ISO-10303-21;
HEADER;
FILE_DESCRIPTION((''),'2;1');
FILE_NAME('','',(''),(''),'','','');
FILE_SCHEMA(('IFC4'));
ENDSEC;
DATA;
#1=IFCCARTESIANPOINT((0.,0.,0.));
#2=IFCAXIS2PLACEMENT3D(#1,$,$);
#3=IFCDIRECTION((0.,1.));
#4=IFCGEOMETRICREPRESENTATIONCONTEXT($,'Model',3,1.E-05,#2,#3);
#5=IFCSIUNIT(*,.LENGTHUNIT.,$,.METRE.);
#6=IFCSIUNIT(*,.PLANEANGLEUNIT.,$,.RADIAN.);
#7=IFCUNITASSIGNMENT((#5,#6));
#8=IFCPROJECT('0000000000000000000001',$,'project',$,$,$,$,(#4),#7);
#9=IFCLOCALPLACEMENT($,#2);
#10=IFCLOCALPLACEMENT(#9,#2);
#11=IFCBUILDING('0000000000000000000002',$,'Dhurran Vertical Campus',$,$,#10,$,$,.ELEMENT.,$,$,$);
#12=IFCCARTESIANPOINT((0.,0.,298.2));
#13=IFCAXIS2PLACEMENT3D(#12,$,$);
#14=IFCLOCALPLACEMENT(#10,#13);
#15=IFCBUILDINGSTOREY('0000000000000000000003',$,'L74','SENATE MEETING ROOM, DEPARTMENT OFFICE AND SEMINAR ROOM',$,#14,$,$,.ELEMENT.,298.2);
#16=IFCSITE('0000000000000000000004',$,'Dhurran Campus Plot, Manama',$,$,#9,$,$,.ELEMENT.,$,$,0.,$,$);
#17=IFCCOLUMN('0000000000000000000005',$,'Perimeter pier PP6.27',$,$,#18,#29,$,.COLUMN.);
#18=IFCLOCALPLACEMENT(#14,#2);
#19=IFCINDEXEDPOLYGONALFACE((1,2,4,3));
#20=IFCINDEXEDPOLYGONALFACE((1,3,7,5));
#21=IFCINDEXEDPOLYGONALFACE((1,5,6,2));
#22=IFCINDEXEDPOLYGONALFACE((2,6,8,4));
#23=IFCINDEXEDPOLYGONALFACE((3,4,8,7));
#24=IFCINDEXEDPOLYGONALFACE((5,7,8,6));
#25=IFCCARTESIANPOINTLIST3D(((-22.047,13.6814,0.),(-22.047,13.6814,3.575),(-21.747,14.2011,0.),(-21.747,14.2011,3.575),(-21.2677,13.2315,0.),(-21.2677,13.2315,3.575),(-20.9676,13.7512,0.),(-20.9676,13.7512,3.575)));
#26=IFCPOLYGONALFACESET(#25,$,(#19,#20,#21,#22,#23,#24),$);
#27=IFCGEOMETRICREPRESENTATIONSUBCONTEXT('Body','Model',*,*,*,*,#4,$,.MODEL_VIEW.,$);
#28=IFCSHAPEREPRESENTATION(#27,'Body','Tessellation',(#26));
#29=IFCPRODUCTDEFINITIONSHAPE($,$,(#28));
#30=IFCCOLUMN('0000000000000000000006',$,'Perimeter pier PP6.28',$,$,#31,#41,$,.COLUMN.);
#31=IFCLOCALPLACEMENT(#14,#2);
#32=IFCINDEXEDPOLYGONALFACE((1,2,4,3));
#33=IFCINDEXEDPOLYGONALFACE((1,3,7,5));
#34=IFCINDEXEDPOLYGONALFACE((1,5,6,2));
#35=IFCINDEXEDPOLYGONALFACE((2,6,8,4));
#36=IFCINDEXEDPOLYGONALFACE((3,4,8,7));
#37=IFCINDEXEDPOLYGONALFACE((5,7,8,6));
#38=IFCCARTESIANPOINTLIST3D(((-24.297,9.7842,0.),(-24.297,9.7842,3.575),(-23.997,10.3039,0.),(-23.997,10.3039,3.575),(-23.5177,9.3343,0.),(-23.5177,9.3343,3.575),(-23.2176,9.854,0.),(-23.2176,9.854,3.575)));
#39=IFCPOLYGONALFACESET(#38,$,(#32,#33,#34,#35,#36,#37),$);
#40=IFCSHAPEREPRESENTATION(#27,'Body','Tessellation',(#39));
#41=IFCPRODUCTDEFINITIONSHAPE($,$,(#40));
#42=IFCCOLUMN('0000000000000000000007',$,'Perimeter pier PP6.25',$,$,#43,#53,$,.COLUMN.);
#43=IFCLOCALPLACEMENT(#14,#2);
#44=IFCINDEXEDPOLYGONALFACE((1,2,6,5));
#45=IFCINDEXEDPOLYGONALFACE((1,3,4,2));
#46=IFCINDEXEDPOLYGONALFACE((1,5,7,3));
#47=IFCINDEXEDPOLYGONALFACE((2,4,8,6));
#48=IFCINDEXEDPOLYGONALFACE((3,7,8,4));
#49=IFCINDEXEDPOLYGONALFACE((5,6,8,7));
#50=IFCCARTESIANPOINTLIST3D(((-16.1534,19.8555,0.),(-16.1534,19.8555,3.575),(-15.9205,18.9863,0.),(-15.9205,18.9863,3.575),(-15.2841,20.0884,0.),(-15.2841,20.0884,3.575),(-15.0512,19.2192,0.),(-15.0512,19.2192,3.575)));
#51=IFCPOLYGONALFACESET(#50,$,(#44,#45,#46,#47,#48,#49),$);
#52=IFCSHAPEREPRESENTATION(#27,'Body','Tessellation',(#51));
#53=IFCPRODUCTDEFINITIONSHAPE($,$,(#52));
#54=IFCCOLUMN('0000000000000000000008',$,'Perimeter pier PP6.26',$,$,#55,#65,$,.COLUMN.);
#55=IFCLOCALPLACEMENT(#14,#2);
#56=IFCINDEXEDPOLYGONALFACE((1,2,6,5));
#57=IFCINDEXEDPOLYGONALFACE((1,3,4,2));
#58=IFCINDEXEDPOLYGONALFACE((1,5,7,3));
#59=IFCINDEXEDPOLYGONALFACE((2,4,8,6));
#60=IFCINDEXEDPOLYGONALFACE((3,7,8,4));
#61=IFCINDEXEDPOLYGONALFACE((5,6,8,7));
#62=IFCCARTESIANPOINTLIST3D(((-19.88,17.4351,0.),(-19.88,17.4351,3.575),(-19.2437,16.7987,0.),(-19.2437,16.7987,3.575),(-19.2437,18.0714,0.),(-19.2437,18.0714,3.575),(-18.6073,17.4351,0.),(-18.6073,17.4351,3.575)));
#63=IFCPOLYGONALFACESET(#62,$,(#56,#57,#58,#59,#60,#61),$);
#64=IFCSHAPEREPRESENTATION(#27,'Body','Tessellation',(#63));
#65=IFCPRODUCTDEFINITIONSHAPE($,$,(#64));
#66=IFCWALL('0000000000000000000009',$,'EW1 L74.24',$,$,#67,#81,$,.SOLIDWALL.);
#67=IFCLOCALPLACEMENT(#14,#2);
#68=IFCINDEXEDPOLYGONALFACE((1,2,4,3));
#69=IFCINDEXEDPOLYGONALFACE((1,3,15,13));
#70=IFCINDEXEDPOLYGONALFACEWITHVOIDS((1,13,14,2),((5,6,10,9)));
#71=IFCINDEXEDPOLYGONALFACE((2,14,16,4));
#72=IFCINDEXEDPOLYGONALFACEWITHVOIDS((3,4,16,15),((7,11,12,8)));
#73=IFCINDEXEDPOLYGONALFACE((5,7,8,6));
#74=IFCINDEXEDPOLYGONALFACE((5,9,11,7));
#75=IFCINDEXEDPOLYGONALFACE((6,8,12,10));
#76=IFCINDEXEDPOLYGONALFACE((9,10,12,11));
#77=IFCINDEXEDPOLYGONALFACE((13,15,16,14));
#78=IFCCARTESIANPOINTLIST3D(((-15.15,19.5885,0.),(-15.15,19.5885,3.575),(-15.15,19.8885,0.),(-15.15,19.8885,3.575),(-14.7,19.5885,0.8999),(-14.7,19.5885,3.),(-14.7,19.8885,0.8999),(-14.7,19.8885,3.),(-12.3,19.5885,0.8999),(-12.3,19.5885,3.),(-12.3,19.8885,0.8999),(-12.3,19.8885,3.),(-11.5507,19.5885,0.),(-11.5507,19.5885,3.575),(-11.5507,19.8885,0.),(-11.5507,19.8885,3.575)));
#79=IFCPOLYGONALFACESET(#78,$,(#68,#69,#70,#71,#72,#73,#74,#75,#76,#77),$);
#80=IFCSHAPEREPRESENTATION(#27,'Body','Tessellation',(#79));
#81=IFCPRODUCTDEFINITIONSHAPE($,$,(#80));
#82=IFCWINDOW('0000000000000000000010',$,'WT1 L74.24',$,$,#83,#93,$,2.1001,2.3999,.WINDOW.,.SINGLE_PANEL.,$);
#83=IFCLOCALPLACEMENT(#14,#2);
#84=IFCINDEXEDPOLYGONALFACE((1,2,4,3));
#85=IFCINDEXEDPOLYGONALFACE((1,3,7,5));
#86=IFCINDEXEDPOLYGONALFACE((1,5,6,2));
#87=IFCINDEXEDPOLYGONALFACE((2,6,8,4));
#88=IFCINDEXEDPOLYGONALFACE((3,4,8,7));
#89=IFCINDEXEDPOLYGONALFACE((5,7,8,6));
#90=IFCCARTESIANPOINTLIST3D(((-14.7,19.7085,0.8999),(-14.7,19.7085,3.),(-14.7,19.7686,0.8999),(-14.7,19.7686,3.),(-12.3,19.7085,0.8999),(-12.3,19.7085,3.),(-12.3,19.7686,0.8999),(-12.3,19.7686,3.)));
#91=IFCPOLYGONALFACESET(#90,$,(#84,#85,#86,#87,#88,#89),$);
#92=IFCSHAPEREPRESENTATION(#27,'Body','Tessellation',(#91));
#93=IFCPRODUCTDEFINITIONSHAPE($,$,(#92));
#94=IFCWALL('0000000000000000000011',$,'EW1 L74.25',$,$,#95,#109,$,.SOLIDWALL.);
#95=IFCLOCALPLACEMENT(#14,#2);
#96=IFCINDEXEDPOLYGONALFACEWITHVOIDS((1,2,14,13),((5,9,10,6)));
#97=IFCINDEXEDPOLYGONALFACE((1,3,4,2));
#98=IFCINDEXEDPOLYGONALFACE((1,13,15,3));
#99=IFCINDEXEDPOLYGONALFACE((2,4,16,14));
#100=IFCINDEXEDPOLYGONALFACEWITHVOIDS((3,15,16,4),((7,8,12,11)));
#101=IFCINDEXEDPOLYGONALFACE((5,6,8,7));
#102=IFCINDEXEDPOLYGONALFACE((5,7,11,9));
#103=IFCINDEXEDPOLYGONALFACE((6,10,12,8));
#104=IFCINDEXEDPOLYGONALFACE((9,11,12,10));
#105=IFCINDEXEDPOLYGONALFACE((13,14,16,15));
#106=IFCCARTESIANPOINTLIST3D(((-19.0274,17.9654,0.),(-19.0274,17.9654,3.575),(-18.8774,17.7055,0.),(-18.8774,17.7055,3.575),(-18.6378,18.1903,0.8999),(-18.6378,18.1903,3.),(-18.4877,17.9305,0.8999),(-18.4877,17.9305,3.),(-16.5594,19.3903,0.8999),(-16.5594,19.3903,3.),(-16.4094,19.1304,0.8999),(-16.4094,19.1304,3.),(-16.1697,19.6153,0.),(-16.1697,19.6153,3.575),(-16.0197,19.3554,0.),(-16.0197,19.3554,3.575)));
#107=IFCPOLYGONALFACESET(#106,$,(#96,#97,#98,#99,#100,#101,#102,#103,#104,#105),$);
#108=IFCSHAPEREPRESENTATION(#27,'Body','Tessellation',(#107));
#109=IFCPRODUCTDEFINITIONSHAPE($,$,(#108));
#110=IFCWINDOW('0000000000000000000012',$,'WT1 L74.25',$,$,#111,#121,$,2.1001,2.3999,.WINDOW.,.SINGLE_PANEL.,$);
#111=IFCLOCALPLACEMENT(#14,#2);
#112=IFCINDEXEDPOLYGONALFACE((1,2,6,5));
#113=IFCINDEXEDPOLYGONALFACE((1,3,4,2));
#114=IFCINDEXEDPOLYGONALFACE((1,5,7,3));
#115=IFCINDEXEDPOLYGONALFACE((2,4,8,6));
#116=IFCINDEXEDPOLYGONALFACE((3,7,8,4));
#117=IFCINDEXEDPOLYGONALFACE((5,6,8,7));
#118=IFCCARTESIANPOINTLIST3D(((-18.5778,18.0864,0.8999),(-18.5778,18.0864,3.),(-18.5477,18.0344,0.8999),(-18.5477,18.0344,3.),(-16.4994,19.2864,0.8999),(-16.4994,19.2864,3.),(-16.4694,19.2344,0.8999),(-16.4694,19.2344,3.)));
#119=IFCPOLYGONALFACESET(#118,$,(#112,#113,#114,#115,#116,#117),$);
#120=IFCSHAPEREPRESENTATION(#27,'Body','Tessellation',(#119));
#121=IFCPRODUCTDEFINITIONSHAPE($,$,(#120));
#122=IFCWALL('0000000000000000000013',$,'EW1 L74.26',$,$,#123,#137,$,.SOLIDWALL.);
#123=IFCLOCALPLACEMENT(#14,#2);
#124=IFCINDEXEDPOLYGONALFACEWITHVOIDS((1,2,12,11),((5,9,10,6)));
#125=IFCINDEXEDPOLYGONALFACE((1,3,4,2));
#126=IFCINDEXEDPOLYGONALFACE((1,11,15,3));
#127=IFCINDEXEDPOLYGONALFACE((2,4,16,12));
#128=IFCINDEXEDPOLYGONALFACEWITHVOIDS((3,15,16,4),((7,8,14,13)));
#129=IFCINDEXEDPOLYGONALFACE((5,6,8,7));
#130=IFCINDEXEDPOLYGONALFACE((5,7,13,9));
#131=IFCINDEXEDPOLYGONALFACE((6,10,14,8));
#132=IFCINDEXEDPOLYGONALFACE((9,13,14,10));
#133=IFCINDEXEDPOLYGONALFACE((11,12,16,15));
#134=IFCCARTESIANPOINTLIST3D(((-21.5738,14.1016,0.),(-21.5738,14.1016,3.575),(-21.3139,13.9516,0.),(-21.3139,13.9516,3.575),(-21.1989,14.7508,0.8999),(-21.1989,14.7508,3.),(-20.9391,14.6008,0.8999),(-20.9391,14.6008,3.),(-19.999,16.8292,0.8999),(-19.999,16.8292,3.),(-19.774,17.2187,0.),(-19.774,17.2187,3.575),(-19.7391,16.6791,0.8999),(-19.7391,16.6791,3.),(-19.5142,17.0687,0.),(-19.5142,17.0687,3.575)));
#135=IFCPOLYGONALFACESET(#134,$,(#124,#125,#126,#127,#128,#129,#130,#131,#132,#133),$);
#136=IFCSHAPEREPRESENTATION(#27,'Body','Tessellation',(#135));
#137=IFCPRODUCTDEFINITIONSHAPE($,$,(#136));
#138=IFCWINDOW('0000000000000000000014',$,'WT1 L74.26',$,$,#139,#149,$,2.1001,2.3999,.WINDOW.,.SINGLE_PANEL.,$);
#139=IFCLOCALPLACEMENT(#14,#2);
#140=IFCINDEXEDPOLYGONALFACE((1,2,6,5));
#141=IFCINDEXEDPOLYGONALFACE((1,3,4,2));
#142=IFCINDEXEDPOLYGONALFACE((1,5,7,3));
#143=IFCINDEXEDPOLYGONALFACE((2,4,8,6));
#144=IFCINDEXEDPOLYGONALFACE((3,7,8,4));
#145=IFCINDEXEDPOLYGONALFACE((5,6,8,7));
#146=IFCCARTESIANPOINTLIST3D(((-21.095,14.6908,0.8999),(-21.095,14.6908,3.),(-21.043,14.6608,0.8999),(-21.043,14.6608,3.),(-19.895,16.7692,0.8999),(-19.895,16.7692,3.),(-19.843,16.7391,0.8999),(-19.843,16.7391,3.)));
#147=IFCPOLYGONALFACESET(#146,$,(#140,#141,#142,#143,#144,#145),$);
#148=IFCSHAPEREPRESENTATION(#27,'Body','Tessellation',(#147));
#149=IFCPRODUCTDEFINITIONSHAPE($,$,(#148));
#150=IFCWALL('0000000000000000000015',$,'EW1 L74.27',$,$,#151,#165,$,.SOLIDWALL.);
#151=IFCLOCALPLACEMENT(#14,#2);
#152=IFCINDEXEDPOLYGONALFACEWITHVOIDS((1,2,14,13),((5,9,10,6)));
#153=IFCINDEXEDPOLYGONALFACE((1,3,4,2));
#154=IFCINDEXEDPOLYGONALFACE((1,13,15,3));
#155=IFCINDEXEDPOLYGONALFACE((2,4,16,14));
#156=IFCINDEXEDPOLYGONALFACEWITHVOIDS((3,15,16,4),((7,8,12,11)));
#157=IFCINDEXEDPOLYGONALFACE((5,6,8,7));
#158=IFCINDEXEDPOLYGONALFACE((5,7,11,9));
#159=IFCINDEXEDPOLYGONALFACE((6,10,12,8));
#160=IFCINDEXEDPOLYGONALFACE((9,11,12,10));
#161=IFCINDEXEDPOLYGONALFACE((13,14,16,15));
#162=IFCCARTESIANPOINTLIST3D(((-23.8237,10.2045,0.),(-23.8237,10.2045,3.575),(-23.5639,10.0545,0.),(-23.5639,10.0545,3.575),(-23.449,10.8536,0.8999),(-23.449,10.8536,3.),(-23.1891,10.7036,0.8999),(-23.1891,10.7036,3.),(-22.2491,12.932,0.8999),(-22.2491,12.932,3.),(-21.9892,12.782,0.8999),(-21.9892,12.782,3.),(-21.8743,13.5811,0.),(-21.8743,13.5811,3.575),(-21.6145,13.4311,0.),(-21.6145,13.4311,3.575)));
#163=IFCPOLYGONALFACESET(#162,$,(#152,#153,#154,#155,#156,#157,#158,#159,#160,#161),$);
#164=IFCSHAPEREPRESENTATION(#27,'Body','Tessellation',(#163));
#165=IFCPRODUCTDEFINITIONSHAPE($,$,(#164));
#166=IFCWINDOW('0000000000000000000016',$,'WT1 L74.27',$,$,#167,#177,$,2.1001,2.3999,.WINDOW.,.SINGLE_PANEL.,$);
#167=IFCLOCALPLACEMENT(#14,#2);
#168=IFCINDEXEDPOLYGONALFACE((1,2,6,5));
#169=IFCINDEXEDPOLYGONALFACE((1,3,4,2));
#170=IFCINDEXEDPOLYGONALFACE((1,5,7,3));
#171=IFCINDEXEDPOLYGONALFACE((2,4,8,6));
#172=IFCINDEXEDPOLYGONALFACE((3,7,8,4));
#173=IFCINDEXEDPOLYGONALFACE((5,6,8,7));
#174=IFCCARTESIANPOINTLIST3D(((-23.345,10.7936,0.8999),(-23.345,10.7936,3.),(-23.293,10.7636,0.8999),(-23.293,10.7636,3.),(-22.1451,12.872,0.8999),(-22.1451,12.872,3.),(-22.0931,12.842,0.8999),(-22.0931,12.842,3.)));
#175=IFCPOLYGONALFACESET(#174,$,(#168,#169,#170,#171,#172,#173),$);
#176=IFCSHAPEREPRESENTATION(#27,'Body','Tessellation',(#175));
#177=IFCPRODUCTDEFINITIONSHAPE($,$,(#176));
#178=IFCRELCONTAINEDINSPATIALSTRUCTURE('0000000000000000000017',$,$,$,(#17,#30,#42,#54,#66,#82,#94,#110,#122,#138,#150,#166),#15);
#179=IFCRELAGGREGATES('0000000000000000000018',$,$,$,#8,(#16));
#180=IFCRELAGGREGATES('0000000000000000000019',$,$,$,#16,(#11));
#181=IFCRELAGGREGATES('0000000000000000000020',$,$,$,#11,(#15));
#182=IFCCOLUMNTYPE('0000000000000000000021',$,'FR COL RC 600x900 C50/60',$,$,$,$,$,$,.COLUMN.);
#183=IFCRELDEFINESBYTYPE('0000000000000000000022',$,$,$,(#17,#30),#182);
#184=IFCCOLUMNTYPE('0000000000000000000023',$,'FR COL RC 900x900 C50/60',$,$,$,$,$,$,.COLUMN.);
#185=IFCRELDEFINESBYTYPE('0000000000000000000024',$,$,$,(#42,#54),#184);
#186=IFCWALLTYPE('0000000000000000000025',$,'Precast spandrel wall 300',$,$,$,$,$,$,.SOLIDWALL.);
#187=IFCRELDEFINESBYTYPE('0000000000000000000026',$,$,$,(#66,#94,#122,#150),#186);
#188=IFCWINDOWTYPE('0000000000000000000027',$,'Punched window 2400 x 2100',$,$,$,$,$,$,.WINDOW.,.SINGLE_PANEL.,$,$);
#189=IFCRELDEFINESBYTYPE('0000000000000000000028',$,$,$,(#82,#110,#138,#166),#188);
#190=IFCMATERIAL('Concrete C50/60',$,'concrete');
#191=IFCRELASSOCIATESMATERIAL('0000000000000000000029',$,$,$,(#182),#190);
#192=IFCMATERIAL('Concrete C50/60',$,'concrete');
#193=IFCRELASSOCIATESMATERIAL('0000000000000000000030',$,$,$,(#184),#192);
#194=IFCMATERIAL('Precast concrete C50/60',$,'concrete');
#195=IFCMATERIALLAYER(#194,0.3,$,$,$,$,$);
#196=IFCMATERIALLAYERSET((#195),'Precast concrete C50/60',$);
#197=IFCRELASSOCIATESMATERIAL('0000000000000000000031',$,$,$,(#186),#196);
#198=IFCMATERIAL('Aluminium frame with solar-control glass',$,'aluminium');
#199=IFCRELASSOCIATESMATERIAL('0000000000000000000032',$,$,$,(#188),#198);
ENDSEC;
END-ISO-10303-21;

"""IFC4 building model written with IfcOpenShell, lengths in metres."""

from ifc_helpers import new_model, si_unit, direction, frame, frame_2d, origin, origin_2d, place, context, subcontext, project, spatial, rectangle, extrude, material, layer, layer_set, material_profile, profile_set, type_object, element, fill, save


model = new_model("IFC4")

# Units and contexts
model_context = context("Model", 3, precision=1e-05, world=origin(), true_north=direction((0.0, 1.0)))
body_context = subcontext(model_context, "Body", "Model", "MODEL_VIEW")
ifc_project = project(units=[si_unit("LENGTHUNIT", "METRE"), si_unit("PLANEANGLEUNIT", "RADIAN")], contexts=[model_context])

# Site, building, storey
site_placement = place(None, origin())
site = spatial("IfcSite", under=ifc_project, at=site_placement, Name="Dhurran Campus Plot, Manama", CompositionType="ELEMENT", RefElevation=0.0)
building_placement = place(site_placement, origin())
building = spatial("IfcBuilding", under=site, at=building_placement, Name="Dhurran Vertical Campus", CompositionType="ELEMENT")
storey_placement = place(building_placement, frame((0.0, 0.0, 298.2)))
storey = spatial("IfcBuildingStorey", under=building, at=storey_placement, Name="L74", Description="SENATE MEETING ROOM, DEPARTMENT OFFICE AND SEMINAR ROOM", CompositionType="ELEMENT", Elevation=298.2)

# Columns
ifc_material_1 = material(Name="Concrete C50/60", Category="concrete")
ifc_material_profile_1 = material_profile(ifc_material_1, rectangle(XDim=0.6001, YDim=0.8999, at=origin_2d()), Name="RC 600x900")
ifc_profile_set_1 = profile_set([ifc_material_profile_1], Name="Concrete C50/60")
column_type_1 = type_object("IfcColumnType", Name="FR COL RC 600x900 C50/60", PredefinedType="COLUMN", material=ifc_profile_set_1)
for number, where, z_axis, x_axis, name in (
    (1, (-21.5073, 13.7163, 0.0), (0.0, 0.0, 1.0), (-0.5, -0.866025, 0.0), "Perimeter pier PP6.27"),
    (2, (-23.7573, 9.8191, 0.0), (0.0, 0.0, 1.0), (-0.5, -0.866025, 0.0), "Perimeter pier PP6.28"),
):
    element("IfcColumn", number, at=place(storey_placement, frame(where, z_axis=z_axis, x_axis=x_axis)), inside=storey, type_object=column_type_1, Name=name, PredefinedType="COLUMN", context=body_context, shape_type="SweptSolid", body=[
        extrude(rectangle(XDim=0.6001, YDim=0.8999, at=origin_2d()), origin(), (0.0, 0.0, 1.0), 3.575),
    ])
ifc_material_2 = material(Name="Concrete C50/60", Category="concrete")
ifc_material_profile_2 = material_profile(ifc_material_2, rectangle(XDim=0.8999, YDim=0.8999, at=origin_2d()), Name="RC 900x900")
ifc_profile_set_2 = profile_set([ifc_material_profile_2], Name="Concrete C50/60")
column_type_2 = type_object("IfcColumnType", Name="FR COL RC 900x900 C50/60", PredefinedType="COLUMN", material=ifc_profile_set_2)
for number, where, z_axis, x_axis, name in (
    (3, (-15.6023, 19.5374, 0.0), (0.0, 0.0, 1.0), (-0.965926, -0.258819, 0.0), "Perimeter pier PP6.25"),
    (4, (-19.2437, 17.4351, 0.0), (0.0, 0.0, 1.0), (-0.707107, -0.707107, 0.0), "Perimeter pier PP6.26"),
):
    element("IfcColumn", number, at=place(storey_placement, frame(where, z_axis=z_axis, x_axis=x_axis)), inside=storey, type_object=column_type_2, Name=name, PredefinedType="COLUMN", context=body_context, shape_type="SweptSolid", body=[
        extrude(rectangle(XDim=0.8999, YDim=0.8999, at=origin_2d()), origin(), (0.0, 0.0, 1.0), 3.575),
    ])

# Walls, openings, windows
ifc_material_3 = material(Name="Precast concrete C50/60", Category="concrete")
ifc_layer_1 = layer(ifc_material_3, 0.3)
ifc_layer_set_1 = layer_set([ifc_layer_1], Name="Precast concrete C50/60")
wall_type_1 = type_object("IfcWallType", Name="Precast spandrel wall 300", PredefinedType="SOLIDWALL", material=ifc_layer_set_1)
wall_1_placement = place(storey_placement, frame((-11.5505, 19.7385, 0.0), z_axis=(0.0, 0.0, 1.0), x_axis=(-1.0, 0.0, 0.0)))
wall_1 = element("IfcWall", 5, at=wall_1_placement, inside=storey, type_object=wall_type_1, Name="EW1 L74.24", PredefinedType="SOLIDWALL", context=body_context, shape_type="SweptSolid", body=[
    extrude(rectangle(XDim=3.5994, YDim=0.3, at=frame_2d((1.7998, 0.0))), origin(), (0.0, 0.0, 1.0), 3.575),
])
opening_1_placement = place(wall_1_placement, frame((0.7495, 0.0, 0.8999)))
opening_1 = element("IfcOpeningElement", 6, at=opening_1_placement, cuts=wall_1, PredefinedType="OPENING", context=body_context, shape_type="SweptSolid", body=[
    extrude(rectangle(XDim=2.3999, YDim=2.1001, at=frame_2d((1.2, 1.05))), frame((0.0, 0.1599, 0.0), z_axis=(0.0, -1.0, 0.0), x_axis=(1.0, 0.0, 0.0)), (0.0, 0.0, 1.0), 0.3201),
])
ifc_material_4 = material(Name="Aluminium frame with solar-control glass", Category="aluminium")
window_type = type_object("IfcWindowType", Name="Punched window 2400 x 2100", PartitioningType="SINGLE_PANEL", PredefinedType="WINDOW", material=ifc_material_4)
window_1_placement = place(opening_1_placement, origin())
window_1 = element("IfcWindow", 7, at=window_1_placement, inside=storey, type_object=window_type, Name="WT1 L74.24", OverallHeight=2.1001, OverallWidth=2.3999, PartitioningType="SINGLE_PANEL", PredefinedType="WINDOW", context=body_context, shape_type="SweptSolid", body=[
    extrude(rectangle(XDim=2.3999, YDim=2.1001, at=frame_2d((1.2, 1.05))), frame((0.0, 0.03, 0.0), z_axis=(0.0, -1.0, 0.0), x_axis=(1.0, 0.0, 0.0)), (0.0, 0.0, 1.0), 0.0601),
])
fill(opening_1, window_1)
wall_2_placement = place(storey_placement, frame((-16.0947, 19.4854, 0.0), z_axis=(0.0, 0.0, 1.0), x_axis=(-0.866022, -0.500006, 0.0)))
wall_2 = element("IfcWall", 8, at=wall_2_placement, inside=storey, type_object=wall_type_1, Name="EW1 L74.25", PredefinedType="SOLIDWALL", context=body_context, shape_type="SweptSolid", body=[
    extrude(rectangle(XDim=3.2998, YDim=0.3, at=frame_2d((1.6499, 0.0))), origin(), (0.0, 0.0, 1.0), 3.575),
])
opening_2_placement = place(wall_2_placement, frame((0.45, 0.0, 0.8999)))
opening_2 = element("IfcOpeningElement", 9, at=opening_2_placement, cuts=wall_2, PredefinedType="OPENING", context=body_context, shape_type="SweptSolid", body=[
    extrude(rectangle(XDim=2.3999, YDim=2.1001, at=frame_2d((1.2, 1.05))), frame((0.0, 0.1599, 0.0), z_axis=(0.0, -1.0, 0.0), x_axis=(1.0, 0.0, 0.0)), (0.0, 0.0, 1.0), 0.3201),
])
window_2_placement = place(opening_2_placement, origin())
window_2 = element("IfcWindow", 10, at=window_2_placement, inside=storey, type_object=window_type, Name="WT1 L74.25", OverallHeight=2.1001, OverallWidth=2.3999, PartitioningType="SINGLE_PANEL", PredefinedType="WINDOW", context=body_context, shape_type="SweptSolid", body=[
    extrude(rectangle(XDim=2.3999, YDim=2.1001, at=frame_2d((1.2, 1.05))), frame((0.0, 0.03, 0.0), z_axis=(0.0, -1.0, 0.0), x_axis=(1.0, 0.0, 0.0)), (0.0, 0.0, 1.0), 0.0601),
])
fill(opening_2, window_2)
wall_3_placement = place(storey_placement, frame((-19.644, 17.1438, 0.0), z_axis=(0.0, 0.0, 1.0), x_axis=(-0.50002, -0.866014, 0.0)))
wall_3 = element("IfcWall", 11, at=wall_3_placement, inside=storey, type_object=wall_type_1, Name="EW1 L74.26", PredefinedType="SOLIDWALL", context=body_context, shape_type="SweptSolid", body=[
    extrude(rectangle(XDim=3.5994, YDim=0.3, at=frame_2d((1.7998, 0.0))), origin(), (0.0, 0.0, 1.0), 3.575),
])
opening_3_placement = place(wall_3_placement, frame((0.45, 0.0, 0.8999)))
opening_3 = element("IfcOpeningElement", 12, at=opening_3_placement, cuts=wall_3, PredefinedType="OPENING", context=body_context, shape_type="SweptSolid", body=[
    extrude(rectangle(XDim=2.3999, YDim=2.1001, at=frame_2d((1.2, 1.05))), frame((0.0, 0.1599, 0.0), z_axis=(0.0, -1.0, 0.0), x_axis=(1.0, 0.0, 0.0)), (0.0, 0.0, 1.0), 0.3201),
])
window_3_placement = place(opening_3_placement, origin())
window_3 = element("IfcWindow", 13, at=window_3_placement, inside=storey, type_object=window_type, Name="WT1 L74.26", OverallHeight=2.1001, OverallWidth=2.3999, PartitioningType="SINGLE_PANEL", PredefinedType="WINDOW", context=body_context, shape_type="SweptSolid", body=[
    extrude(rectangle(XDim=2.3999, YDim=2.1001, at=frame_2d((1.2, 1.05))), frame((0.0, 0.03, 0.0), z_axis=(0.0, -1.0, 0.0), x_axis=(1.0, 0.0, 0.0)), (0.0, 0.0, 1.0), 0.0601),
])
fill(opening_3, window_3)
wall_4_placement = place(storey_placement, frame((-21.7444, 13.5061, 0.0), z_axis=(0.0, 0.0, 1.0), x_axis=(-0.499984, -0.866034, 0.0)))
wall_4 = element("IfcWall", 14, at=wall_4_placement, inside=storey, type_object=wall_type_1, Name="EW1 L74.27", PredefinedType="SOLIDWALL", context=body_context, shape_type="SweptSolid", body=[
    extrude(rectangle(XDim=3.8989, YDim=0.3, at=frame_2d((1.9495, 0.0))), origin(), (0.0, 0.0, 1.0), 3.575),
])
opening_4_placement = place(wall_4_placement, frame((0.7495, 0.0, 0.8999)))
opening_4 = element("IfcOpeningElement", 15, at=opening_4_placement, cuts=wall_4, PredefinedType="OPENING", context=body_context, shape_type="SweptSolid", body=[
    extrude(rectangle(XDim=2.3999, YDim=2.1001, at=frame_2d((1.2, 1.05))), frame((0.0, 0.1599, 0.0), z_axis=(0.0, -1.0, 0.0), x_axis=(1.0, 0.0, 0.0)), (0.0, 0.0, 1.0), 0.3201),
])
window_4_placement = place(opening_4_placement, origin())
window_4 = element("IfcWindow", 16, at=window_4_placement, inside=storey, type_object=window_type, Name="WT1 L74.27", OverallHeight=2.1001, OverallWidth=2.3999, PartitioningType="SINGLE_PANEL", PredefinedType="WINDOW", context=body_context, shape_type="SweptSolid", body=[
    extrude(rectangle(XDim=2.3999, YDim=2.1001, at=frame_2d((1.2, 1.05))), frame((0.0, 0.03, 0.0), z_axis=(0.0, -1.0, 0.0), x_axis=(1.0, 0.0, 0.0)), (0.0, 0.0, 1.0), 0.0601),
])
fill(opening_4, window_4)

save(model, "model.ifc")
